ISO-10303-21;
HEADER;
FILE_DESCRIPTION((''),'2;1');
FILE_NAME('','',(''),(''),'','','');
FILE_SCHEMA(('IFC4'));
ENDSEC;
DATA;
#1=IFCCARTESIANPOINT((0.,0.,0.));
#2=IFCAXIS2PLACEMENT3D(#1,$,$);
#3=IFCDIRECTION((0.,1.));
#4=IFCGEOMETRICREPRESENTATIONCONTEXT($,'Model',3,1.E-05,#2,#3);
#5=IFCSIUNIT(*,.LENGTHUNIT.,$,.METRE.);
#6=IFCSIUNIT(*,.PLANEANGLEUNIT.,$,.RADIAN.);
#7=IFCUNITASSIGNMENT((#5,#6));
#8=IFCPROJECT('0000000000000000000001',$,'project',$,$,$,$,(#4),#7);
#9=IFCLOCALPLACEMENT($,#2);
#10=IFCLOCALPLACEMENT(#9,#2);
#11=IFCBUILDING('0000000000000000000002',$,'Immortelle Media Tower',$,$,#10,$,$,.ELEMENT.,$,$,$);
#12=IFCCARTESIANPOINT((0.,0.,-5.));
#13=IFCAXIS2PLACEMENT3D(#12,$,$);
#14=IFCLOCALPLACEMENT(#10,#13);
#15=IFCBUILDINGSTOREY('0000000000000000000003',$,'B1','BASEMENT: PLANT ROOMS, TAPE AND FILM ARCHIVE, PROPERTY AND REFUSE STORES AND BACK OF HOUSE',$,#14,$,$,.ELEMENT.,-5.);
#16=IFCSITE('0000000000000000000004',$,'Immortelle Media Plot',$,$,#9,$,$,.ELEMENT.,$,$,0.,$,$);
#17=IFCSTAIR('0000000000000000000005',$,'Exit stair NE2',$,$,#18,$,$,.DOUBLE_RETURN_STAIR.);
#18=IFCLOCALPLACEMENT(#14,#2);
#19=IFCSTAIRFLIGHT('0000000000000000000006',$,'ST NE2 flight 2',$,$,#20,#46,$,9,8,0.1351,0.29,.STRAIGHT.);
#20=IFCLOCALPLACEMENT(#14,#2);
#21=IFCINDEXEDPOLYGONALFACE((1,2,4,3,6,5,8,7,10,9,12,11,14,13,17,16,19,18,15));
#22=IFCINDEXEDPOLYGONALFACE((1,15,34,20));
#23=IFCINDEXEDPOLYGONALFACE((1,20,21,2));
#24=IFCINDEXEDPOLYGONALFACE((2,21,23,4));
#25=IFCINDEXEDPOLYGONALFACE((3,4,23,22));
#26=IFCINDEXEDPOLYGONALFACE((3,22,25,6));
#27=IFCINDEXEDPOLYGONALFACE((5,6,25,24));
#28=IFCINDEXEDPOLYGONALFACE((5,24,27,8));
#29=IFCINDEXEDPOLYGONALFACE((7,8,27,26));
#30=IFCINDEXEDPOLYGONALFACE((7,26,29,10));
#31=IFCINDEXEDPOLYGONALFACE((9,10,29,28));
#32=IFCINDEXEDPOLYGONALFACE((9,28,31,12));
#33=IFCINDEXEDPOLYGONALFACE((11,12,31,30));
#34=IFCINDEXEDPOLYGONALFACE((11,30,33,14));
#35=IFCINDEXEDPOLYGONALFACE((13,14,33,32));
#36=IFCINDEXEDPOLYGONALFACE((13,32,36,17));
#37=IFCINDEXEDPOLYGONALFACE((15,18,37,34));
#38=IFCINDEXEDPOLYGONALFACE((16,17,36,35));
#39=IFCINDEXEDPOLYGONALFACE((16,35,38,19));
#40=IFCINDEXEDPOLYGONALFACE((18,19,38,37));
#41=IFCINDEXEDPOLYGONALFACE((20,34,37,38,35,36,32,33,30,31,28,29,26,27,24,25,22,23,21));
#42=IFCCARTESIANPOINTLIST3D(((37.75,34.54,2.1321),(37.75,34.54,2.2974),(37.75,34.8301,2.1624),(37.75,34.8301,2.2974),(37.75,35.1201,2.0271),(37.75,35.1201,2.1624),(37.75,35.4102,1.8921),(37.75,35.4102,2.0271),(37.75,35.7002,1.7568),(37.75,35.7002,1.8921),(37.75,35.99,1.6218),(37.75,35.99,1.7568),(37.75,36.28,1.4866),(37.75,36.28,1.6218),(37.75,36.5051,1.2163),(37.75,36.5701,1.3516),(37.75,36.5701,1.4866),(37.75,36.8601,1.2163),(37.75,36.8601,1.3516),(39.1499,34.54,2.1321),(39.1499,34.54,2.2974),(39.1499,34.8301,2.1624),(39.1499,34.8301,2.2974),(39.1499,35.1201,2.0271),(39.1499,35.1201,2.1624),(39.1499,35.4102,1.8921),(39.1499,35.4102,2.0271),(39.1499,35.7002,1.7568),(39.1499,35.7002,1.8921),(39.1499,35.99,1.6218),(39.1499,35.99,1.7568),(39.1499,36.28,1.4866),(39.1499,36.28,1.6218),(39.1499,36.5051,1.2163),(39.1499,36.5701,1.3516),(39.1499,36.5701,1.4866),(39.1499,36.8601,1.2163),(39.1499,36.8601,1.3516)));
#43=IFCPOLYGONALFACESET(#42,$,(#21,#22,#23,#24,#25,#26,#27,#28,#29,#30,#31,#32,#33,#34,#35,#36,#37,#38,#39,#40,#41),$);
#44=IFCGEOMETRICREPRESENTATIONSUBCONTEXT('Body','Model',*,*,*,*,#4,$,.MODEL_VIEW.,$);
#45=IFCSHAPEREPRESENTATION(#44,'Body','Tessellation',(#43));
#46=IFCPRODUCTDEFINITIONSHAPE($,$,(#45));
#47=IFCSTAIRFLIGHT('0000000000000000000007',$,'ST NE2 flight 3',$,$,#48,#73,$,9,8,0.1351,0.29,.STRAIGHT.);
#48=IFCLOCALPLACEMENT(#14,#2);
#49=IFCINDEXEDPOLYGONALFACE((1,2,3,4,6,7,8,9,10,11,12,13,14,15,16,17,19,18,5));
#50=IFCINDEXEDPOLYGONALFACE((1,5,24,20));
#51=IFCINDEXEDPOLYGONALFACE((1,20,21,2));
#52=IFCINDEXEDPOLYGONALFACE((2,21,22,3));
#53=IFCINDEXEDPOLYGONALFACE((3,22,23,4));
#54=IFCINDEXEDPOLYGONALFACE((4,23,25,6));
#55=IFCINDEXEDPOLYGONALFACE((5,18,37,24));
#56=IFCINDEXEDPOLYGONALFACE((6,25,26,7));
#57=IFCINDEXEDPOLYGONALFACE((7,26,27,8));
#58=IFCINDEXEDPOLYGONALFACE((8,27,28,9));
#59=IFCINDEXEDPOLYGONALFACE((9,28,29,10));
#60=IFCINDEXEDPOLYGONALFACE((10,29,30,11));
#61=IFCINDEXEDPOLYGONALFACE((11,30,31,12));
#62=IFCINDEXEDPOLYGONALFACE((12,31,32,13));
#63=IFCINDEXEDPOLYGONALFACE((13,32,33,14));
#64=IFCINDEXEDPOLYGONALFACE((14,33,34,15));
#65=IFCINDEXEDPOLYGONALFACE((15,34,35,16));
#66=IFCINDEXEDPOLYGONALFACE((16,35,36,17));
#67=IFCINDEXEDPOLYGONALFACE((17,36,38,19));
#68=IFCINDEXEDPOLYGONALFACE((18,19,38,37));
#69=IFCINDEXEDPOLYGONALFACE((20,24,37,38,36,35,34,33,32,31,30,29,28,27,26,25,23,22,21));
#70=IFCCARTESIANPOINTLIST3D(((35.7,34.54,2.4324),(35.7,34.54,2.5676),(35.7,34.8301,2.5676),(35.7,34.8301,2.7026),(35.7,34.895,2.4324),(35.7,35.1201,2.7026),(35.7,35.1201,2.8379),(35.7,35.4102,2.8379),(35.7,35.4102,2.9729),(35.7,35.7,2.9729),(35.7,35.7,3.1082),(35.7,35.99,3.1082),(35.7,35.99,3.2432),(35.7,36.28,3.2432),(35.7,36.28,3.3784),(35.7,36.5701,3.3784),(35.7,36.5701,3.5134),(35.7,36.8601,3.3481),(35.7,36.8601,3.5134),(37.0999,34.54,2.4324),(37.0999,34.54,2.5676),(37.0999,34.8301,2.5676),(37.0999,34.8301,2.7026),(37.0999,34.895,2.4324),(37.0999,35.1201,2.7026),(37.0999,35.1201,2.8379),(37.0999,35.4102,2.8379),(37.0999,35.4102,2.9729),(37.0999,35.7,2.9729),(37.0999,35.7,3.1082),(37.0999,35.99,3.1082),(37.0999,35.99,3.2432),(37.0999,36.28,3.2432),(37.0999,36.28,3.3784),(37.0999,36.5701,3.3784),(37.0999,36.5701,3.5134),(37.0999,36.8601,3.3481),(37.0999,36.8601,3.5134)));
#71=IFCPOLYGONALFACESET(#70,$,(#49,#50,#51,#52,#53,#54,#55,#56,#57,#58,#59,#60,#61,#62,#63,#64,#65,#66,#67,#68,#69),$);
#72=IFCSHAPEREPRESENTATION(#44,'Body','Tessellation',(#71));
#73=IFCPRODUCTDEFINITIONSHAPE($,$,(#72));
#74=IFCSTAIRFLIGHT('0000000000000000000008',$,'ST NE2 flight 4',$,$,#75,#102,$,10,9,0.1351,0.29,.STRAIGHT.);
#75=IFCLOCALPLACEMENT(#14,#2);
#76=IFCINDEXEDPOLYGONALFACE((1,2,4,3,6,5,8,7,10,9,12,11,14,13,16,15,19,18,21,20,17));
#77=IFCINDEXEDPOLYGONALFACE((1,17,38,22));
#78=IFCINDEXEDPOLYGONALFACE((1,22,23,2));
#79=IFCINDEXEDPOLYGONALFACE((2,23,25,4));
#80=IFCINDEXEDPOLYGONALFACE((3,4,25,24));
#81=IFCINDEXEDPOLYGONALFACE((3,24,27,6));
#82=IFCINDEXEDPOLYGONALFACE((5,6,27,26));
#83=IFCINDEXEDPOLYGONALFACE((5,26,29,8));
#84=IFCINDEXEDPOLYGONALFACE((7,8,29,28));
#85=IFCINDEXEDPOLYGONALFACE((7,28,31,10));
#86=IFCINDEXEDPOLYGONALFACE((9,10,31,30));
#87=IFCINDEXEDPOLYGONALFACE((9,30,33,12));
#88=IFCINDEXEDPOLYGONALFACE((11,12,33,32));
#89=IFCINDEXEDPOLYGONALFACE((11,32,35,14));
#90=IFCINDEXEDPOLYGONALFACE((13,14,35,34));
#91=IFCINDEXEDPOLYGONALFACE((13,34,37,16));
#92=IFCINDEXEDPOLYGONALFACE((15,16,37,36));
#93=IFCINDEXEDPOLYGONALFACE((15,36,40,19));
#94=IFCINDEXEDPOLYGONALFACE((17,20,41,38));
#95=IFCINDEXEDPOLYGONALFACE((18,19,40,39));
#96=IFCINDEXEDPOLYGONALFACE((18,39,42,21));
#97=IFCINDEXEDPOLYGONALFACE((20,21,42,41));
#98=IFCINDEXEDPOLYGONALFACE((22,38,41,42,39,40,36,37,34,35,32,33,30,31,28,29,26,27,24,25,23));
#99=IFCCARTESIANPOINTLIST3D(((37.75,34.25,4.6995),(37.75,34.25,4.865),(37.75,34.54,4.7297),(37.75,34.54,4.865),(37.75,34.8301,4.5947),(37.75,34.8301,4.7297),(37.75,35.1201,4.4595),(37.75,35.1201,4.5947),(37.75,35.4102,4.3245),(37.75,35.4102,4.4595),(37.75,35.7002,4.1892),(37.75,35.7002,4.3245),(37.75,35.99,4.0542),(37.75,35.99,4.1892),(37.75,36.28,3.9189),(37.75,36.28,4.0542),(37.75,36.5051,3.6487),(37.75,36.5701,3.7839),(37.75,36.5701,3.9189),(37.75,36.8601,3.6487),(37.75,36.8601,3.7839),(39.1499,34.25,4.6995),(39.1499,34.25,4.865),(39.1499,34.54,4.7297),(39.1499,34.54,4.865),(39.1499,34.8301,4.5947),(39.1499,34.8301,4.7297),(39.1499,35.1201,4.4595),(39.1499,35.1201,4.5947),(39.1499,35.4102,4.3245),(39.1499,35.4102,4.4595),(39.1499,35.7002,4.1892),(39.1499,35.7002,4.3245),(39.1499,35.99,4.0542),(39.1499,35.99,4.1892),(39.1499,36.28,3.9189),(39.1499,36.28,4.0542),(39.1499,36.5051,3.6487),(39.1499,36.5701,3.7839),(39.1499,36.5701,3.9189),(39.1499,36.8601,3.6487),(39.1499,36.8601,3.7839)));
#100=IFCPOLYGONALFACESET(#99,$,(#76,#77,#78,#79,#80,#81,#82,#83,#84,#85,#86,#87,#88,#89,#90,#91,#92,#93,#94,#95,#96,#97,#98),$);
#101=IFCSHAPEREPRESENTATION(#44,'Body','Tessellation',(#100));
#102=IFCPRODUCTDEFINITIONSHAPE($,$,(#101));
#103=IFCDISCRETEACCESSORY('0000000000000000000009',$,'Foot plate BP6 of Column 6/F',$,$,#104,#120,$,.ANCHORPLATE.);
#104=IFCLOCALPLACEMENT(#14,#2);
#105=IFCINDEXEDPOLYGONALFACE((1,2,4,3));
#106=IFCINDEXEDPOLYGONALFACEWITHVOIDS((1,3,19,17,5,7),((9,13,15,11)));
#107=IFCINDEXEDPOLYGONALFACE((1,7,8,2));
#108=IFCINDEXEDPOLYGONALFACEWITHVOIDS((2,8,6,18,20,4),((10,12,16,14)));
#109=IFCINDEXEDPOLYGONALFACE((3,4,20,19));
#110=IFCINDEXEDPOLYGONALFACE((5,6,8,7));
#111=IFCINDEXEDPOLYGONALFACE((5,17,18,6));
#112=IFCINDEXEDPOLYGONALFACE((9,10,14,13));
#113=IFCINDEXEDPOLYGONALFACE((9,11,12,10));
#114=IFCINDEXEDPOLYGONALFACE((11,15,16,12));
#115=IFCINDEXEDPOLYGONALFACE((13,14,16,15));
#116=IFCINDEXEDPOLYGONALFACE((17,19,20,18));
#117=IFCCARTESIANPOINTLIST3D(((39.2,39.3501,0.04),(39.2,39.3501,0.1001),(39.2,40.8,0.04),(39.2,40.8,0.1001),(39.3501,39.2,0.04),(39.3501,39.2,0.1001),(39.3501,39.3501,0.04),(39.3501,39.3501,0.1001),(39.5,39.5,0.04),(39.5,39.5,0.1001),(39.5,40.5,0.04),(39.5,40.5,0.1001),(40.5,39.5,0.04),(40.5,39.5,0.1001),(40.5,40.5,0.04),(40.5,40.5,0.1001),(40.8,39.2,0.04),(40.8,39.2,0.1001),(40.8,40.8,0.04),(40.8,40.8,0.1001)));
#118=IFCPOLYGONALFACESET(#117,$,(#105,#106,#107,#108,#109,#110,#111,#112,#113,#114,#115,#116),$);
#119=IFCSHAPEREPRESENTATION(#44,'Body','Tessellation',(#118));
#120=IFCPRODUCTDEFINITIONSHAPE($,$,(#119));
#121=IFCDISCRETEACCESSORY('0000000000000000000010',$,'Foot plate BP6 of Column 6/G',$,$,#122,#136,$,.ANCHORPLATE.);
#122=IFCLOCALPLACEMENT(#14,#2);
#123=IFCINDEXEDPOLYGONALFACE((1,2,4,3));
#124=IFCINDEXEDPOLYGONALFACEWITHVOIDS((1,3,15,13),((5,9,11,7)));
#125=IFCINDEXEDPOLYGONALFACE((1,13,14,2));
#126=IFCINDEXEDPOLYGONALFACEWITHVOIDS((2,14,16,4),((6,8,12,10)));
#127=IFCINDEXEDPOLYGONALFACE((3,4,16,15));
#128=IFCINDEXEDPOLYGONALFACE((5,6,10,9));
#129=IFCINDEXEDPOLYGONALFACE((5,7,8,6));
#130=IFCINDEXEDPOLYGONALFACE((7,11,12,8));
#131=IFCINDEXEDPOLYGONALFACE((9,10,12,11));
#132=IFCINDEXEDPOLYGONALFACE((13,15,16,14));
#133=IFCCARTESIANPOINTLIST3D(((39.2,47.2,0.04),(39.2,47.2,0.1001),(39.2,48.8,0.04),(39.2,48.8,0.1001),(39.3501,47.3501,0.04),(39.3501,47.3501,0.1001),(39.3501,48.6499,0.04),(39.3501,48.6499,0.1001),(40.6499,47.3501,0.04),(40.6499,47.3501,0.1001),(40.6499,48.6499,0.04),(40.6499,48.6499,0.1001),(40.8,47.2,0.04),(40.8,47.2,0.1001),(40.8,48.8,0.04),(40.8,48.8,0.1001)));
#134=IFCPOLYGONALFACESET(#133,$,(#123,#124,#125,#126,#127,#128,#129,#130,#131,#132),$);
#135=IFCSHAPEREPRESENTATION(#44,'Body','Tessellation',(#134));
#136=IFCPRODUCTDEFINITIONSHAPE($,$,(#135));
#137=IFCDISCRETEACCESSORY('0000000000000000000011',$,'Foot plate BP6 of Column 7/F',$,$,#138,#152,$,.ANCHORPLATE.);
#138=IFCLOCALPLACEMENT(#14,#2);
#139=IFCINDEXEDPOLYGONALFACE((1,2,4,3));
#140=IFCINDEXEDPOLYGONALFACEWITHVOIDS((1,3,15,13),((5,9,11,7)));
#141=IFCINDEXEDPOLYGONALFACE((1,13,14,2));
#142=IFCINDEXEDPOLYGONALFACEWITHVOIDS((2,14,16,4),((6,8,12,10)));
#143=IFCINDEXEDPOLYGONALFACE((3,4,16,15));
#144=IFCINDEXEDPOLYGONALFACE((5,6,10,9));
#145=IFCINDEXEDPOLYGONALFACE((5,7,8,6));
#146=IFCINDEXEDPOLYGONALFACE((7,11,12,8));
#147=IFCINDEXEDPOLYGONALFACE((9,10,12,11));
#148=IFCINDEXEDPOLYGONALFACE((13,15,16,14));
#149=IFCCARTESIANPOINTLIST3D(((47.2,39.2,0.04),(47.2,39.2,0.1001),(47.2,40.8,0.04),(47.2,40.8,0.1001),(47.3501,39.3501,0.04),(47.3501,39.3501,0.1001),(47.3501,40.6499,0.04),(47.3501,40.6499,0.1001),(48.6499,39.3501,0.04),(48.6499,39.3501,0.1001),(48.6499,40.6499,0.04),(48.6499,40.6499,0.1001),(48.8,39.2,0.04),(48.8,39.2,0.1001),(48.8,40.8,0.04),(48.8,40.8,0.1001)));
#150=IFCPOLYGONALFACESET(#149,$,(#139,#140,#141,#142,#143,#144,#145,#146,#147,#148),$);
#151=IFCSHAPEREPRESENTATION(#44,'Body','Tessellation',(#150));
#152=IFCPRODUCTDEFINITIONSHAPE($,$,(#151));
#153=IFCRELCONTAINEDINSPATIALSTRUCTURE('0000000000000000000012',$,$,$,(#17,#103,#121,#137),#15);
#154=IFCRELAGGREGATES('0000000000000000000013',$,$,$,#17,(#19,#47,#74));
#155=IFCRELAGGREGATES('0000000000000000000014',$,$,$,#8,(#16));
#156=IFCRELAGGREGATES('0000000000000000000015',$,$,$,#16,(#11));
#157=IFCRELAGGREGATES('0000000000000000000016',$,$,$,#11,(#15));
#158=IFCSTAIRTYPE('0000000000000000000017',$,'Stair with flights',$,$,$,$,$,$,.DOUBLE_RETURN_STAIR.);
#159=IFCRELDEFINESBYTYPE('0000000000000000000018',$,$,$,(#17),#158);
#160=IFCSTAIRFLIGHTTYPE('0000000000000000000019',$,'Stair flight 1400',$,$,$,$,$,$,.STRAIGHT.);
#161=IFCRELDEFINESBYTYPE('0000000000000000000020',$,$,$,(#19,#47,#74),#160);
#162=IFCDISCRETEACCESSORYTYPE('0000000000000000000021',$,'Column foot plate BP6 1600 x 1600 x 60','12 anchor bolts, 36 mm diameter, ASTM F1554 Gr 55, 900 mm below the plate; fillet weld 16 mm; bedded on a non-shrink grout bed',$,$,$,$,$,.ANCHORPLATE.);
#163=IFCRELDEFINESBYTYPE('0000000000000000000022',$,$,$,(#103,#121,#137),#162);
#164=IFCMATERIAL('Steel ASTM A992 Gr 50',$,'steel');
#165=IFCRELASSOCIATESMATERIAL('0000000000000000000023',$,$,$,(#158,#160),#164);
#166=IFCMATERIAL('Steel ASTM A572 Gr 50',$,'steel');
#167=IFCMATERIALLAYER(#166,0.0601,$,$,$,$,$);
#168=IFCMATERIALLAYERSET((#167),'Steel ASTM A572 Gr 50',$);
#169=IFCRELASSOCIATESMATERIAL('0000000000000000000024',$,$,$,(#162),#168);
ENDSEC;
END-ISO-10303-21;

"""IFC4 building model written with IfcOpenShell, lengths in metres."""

from ifc_helpers import new_model, si_unit, direction, frame, origin, place, context, subcontext, project, spatial, polyline, outline, extrude, material, layer, layer_set, type_object, element, aggregate, save


model = new_model("IFC4")

# Units and contexts
model_context = context("Model", 3, precision=1e-05, world=origin(), true_north=direction((0.0, 1.0)))
body_context = subcontext(model_context, "Body", "Model", "MODEL_VIEW")
ifc_project = project(units=[si_unit("LENGTHUNIT", "METRE"), si_unit("PLANEANGLEUNIT", "RADIAN")], contexts=[model_context])

# Site, building, storey
site_placement = place(None, origin())
site = spatial("IfcSite", under=ifc_project, at=site_placement, Name="Immortelle Media Plot", CompositionType="ELEMENT", RefElevation=0.0)
building_placement = place(site_placement, origin())
building = spatial("IfcBuilding", under=site, at=building_placement, Name="Immortelle Media Tower", CompositionType="ELEMENT")
storey_placement = place(building_placement, frame((0.0, 0.0, -5.0)))
storey = spatial("IfcBuildingStorey", under=building, at=storey_placement, Name="B1", Description="BASEMENT: PLANT ROOMS, TAPE AND FILM ARCHIVE, PROPERTY AND REFUSE STORES AND BACK OF HOUSE", CompositionType="ELEMENT", Elevation=-5.0)

# Shared definitions
ifc_material_1 = material(Name="Steel ASTM A572 Gr 50", Category="steel")

# Stair, stair flights
ifc_material_2 = material(Name="Steel ASTM A992 Gr 50", Category="steel")
stair_type = type_object("IfcStairType", Name="Stair with flights", PredefinedType="DOUBLE_RETURN_STAIR", material=ifc_material_2)
stair_flight_type = type_object("IfcStairFlightType", Name="Stair flight 1400", PredefinedType="STRAIGHT", material=ifc_material_2)
stair_1_placement = place(storey_placement, origin())
stair_1 = element("IfcStair", 1, at=stair_1_placement, inside=storey, type_object=stair_type, Name="Exit stair NE2", PredefinedType="DOUBLE_RETURN_STAIR")
stair_flight_1_placement = place(storey_placement, frame((38.45, 36.8601, 1.2163), z_axis=(0.0, 0.0, 1.0), x_axis=(0.0, -1.0, 0.0)))
stair_flight_1 = element("IfcStairFlight", 2, at=stair_flight_1_placement, type_object=stair_flight_type, Name="ST NE2 flight 2", NumberOfRisers=9, NumberOfTreads=8, PredefinedType="STRAIGHT", RiserHeight=0.1351, TreadLength=0.29, context=body_context, shape_type="SweptSolid", body=[
    extrude(outline(polyline([(0.0, 0.0), (0.0, 0.1353), (0.29, 0.1353), (0.29, 0.2703), (0.5801, 0.2703), (0.5801, 0.4055), (0.8701, 0.4055), (0.8701, 0.5405), (1.1599, 0.5405), (1.1599, 0.6758), (1.45, 0.6758), (1.45, 0.8108), (1.74, 0.8108), (1.74, 0.946), (2.03, 0.946), (2.03, 1.0811), (2.3201, 1.0811), (2.3201, 1.2163), (2.3201, 0.9158), (0.355, 0.0), (0.0, 0.0)])), frame((0.0, 0.7, 0.0), z_axis=(0.0, -1.0, 0.0), x_axis=(1.0, 0.0, 0.0)), (0.0, 0.0, 1.0), 1.3999),
])
stair_flight_2_placement = place(storey_placement, frame((36.3999, 34.54, 2.4324), z_axis=(0.0, 0.0, 1.0), x_axis=(0.0, 1.0, 0.0)))
stair_flight_2 = element("IfcStairFlight", 3, at=stair_flight_2_placement, type_object=stair_flight_type, Name="ST NE2 flight 3", NumberOfRisers=9, NumberOfTreads=8, PredefinedType="STRAIGHT", RiserHeight=0.1351, TreadLength=0.29, context=body_context, shape_type="SweptSolid", body=[
    extrude(outline(polyline([(0.0, 0.0), (0.0, 0.1353), (0.29, 0.1353), (0.29, 0.2703), (0.5801, 0.2703), (0.5801, 0.4055), (0.8701, 0.4055), (0.8701, 0.5405), (1.1599, 0.5405), (1.1599, 0.6758), (1.45, 0.6758), (1.45, 0.8108), (1.74, 0.8108), (1.74, 0.946), (2.03, 0.946), (2.03, 1.0811), (2.3201, 1.0811), (2.3201, 1.2163), (2.3201, 0.9158), (0.355, 0.0), (0.0, 0.0)])), frame((0.0, 0.7, 0.0), z_axis=(0.0, -1.0, 0.0), x_axis=(1.0, 0.0, 0.0)), (0.0, 0.0, 1.0), 1.3999),
])
stair_flight_3_placement = place(storey_placement, frame((38.45, 36.8601, 3.6487), z_axis=(0.0, 0.0, 1.0), x_axis=(0.0, -1.0, 0.0)))
stair_flight_3 = element("IfcStairFlight", 4, at=stair_flight_3_placement, type_object=stair_flight_type, Name="ST NE2 flight 4", NumberOfRisers=10, NumberOfTreads=9, PredefinedType="STRAIGHT", RiserHeight=0.1351, TreadLength=0.29, context=body_context, shape_type="SweptSolid", body=[
    extrude(outline(polyline([(0.0, 0.0), (0.0, 0.1353), (0.29, 0.1353), (0.29, 0.2703), (0.5801, 0.2703), (0.5801, 0.4055), (0.8701, 0.4055), (0.8701, 0.5405), (1.1599, 0.5405), (1.1599, 0.6758), (1.45, 0.6758), (1.45, 0.8108), (1.74, 0.8108), (1.74, 0.946), (2.03, 0.946), (2.03, 1.0811), (2.3201, 1.0811), (2.3201, 1.2163), (2.6101, 1.2163), (2.6101, 1.3513), (2.6101, 1.0508), (0.355, 0.0), (0.0, 0.0)])), frame((0.0, 0.7, 0.0), z_axis=(0.0, -1.0, 0.0), x_axis=(1.0, 0.0, 0.0)), (0.0, 0.0, 1.0), 1.3999),
])
aggregate(stair_1, [stair_flight_1, stair_flight_2, stair_flight_3])

# Discrete accessories
ifc_layer_1 = layer(ifc_material_1, 0.0601)
ifc_layer_set_1 = layer_set([ifc_layer_1], Name="Steel ASTM A572 Gr 50")
discrete_accessory_type = type_object("IfcDiscreteAccessoryType", Name="Column foot plate BP6 1600 x 1600 x 60", Description="12 anchor bolts, 36 mm diameter, ASTM F1554 Gr 55, 900 mm below the plate; fillet weld 16 mm; bedded on a non-shrink grout bed", PredefinedType="ANCHORPLATE", material=ifc_layer_set_1)
discrete_accessory_placement = place(storey_placement, frame((40.0, 40.0, 0.04), z_axis=(0.0, 0.0, 1.0), x_axis=(1.0, 0.0, 0.0)))
element("IfcDiscreteAccessory", 5, at=discrete_accessory_placement, inside=storey, type_object=discrete_accessory_type, Name="Foot plate BP6 of Column 6/F", PredefinedType="ANCHORPLATE", context=body_context, shape_type="SweptSolid", body=[
    extrude(outline(polyline([(0.8, 0.8), (-0.8, 0.8), (-0.8, -0.6499), (-0.6499, -0.6499), (-0.6499, -0.8), (0.8, -0.8), (0.8, 0.8)]), holes=[polyline([(0.5, 0.5), (0.5, -0.5), (-0.5, -0.5), (-0.5, 0.5), (0.5, 0.5)])]), origin(), (0.0, 0.0, 1.0), 0.0601),
])
for number, where, z_axis, x_axis, name in (
    (6, (40.0, 48.0, 0.04), (0.0, 0.0, 1.0), (1.0, 0.0, 0.0), "Foot plate BP6 of Column 6/G"),
    (7, (48.0, 40.0, 0.04), (0.0, 0.0, 1.0), (1.0, 0.0, 0.0), "Foot plate BP6 of Column 7/F"),
):
    element("IfcDiscreteAccessory", number, at=place(storey_placement, frame(where, z_axis=z_axis, x_axis=x_axis)), inside=storey, type_object=discrete_accessory_type, Name=name, PredefinedType="ANCHORPLATE", context=body_context, shape_type="SweptSolid", body=[
        extrude(outline(polyline([(-0.8, -0.8), (0.8, -0.8), (0.8, 0.8), (-0.8, 0.8), (-0.8, -0.8)]), holes=[polyline([(0.6499, 0.6499), (0.6499, -0.6499), (-0.6499, -0.6499), (-0.6499, 0.6499), (0.6499, 0.6499)])]), origin(), (0.0, 0.0, 1.0), 0.0601),
    ])

save(model, "model.ifc")
